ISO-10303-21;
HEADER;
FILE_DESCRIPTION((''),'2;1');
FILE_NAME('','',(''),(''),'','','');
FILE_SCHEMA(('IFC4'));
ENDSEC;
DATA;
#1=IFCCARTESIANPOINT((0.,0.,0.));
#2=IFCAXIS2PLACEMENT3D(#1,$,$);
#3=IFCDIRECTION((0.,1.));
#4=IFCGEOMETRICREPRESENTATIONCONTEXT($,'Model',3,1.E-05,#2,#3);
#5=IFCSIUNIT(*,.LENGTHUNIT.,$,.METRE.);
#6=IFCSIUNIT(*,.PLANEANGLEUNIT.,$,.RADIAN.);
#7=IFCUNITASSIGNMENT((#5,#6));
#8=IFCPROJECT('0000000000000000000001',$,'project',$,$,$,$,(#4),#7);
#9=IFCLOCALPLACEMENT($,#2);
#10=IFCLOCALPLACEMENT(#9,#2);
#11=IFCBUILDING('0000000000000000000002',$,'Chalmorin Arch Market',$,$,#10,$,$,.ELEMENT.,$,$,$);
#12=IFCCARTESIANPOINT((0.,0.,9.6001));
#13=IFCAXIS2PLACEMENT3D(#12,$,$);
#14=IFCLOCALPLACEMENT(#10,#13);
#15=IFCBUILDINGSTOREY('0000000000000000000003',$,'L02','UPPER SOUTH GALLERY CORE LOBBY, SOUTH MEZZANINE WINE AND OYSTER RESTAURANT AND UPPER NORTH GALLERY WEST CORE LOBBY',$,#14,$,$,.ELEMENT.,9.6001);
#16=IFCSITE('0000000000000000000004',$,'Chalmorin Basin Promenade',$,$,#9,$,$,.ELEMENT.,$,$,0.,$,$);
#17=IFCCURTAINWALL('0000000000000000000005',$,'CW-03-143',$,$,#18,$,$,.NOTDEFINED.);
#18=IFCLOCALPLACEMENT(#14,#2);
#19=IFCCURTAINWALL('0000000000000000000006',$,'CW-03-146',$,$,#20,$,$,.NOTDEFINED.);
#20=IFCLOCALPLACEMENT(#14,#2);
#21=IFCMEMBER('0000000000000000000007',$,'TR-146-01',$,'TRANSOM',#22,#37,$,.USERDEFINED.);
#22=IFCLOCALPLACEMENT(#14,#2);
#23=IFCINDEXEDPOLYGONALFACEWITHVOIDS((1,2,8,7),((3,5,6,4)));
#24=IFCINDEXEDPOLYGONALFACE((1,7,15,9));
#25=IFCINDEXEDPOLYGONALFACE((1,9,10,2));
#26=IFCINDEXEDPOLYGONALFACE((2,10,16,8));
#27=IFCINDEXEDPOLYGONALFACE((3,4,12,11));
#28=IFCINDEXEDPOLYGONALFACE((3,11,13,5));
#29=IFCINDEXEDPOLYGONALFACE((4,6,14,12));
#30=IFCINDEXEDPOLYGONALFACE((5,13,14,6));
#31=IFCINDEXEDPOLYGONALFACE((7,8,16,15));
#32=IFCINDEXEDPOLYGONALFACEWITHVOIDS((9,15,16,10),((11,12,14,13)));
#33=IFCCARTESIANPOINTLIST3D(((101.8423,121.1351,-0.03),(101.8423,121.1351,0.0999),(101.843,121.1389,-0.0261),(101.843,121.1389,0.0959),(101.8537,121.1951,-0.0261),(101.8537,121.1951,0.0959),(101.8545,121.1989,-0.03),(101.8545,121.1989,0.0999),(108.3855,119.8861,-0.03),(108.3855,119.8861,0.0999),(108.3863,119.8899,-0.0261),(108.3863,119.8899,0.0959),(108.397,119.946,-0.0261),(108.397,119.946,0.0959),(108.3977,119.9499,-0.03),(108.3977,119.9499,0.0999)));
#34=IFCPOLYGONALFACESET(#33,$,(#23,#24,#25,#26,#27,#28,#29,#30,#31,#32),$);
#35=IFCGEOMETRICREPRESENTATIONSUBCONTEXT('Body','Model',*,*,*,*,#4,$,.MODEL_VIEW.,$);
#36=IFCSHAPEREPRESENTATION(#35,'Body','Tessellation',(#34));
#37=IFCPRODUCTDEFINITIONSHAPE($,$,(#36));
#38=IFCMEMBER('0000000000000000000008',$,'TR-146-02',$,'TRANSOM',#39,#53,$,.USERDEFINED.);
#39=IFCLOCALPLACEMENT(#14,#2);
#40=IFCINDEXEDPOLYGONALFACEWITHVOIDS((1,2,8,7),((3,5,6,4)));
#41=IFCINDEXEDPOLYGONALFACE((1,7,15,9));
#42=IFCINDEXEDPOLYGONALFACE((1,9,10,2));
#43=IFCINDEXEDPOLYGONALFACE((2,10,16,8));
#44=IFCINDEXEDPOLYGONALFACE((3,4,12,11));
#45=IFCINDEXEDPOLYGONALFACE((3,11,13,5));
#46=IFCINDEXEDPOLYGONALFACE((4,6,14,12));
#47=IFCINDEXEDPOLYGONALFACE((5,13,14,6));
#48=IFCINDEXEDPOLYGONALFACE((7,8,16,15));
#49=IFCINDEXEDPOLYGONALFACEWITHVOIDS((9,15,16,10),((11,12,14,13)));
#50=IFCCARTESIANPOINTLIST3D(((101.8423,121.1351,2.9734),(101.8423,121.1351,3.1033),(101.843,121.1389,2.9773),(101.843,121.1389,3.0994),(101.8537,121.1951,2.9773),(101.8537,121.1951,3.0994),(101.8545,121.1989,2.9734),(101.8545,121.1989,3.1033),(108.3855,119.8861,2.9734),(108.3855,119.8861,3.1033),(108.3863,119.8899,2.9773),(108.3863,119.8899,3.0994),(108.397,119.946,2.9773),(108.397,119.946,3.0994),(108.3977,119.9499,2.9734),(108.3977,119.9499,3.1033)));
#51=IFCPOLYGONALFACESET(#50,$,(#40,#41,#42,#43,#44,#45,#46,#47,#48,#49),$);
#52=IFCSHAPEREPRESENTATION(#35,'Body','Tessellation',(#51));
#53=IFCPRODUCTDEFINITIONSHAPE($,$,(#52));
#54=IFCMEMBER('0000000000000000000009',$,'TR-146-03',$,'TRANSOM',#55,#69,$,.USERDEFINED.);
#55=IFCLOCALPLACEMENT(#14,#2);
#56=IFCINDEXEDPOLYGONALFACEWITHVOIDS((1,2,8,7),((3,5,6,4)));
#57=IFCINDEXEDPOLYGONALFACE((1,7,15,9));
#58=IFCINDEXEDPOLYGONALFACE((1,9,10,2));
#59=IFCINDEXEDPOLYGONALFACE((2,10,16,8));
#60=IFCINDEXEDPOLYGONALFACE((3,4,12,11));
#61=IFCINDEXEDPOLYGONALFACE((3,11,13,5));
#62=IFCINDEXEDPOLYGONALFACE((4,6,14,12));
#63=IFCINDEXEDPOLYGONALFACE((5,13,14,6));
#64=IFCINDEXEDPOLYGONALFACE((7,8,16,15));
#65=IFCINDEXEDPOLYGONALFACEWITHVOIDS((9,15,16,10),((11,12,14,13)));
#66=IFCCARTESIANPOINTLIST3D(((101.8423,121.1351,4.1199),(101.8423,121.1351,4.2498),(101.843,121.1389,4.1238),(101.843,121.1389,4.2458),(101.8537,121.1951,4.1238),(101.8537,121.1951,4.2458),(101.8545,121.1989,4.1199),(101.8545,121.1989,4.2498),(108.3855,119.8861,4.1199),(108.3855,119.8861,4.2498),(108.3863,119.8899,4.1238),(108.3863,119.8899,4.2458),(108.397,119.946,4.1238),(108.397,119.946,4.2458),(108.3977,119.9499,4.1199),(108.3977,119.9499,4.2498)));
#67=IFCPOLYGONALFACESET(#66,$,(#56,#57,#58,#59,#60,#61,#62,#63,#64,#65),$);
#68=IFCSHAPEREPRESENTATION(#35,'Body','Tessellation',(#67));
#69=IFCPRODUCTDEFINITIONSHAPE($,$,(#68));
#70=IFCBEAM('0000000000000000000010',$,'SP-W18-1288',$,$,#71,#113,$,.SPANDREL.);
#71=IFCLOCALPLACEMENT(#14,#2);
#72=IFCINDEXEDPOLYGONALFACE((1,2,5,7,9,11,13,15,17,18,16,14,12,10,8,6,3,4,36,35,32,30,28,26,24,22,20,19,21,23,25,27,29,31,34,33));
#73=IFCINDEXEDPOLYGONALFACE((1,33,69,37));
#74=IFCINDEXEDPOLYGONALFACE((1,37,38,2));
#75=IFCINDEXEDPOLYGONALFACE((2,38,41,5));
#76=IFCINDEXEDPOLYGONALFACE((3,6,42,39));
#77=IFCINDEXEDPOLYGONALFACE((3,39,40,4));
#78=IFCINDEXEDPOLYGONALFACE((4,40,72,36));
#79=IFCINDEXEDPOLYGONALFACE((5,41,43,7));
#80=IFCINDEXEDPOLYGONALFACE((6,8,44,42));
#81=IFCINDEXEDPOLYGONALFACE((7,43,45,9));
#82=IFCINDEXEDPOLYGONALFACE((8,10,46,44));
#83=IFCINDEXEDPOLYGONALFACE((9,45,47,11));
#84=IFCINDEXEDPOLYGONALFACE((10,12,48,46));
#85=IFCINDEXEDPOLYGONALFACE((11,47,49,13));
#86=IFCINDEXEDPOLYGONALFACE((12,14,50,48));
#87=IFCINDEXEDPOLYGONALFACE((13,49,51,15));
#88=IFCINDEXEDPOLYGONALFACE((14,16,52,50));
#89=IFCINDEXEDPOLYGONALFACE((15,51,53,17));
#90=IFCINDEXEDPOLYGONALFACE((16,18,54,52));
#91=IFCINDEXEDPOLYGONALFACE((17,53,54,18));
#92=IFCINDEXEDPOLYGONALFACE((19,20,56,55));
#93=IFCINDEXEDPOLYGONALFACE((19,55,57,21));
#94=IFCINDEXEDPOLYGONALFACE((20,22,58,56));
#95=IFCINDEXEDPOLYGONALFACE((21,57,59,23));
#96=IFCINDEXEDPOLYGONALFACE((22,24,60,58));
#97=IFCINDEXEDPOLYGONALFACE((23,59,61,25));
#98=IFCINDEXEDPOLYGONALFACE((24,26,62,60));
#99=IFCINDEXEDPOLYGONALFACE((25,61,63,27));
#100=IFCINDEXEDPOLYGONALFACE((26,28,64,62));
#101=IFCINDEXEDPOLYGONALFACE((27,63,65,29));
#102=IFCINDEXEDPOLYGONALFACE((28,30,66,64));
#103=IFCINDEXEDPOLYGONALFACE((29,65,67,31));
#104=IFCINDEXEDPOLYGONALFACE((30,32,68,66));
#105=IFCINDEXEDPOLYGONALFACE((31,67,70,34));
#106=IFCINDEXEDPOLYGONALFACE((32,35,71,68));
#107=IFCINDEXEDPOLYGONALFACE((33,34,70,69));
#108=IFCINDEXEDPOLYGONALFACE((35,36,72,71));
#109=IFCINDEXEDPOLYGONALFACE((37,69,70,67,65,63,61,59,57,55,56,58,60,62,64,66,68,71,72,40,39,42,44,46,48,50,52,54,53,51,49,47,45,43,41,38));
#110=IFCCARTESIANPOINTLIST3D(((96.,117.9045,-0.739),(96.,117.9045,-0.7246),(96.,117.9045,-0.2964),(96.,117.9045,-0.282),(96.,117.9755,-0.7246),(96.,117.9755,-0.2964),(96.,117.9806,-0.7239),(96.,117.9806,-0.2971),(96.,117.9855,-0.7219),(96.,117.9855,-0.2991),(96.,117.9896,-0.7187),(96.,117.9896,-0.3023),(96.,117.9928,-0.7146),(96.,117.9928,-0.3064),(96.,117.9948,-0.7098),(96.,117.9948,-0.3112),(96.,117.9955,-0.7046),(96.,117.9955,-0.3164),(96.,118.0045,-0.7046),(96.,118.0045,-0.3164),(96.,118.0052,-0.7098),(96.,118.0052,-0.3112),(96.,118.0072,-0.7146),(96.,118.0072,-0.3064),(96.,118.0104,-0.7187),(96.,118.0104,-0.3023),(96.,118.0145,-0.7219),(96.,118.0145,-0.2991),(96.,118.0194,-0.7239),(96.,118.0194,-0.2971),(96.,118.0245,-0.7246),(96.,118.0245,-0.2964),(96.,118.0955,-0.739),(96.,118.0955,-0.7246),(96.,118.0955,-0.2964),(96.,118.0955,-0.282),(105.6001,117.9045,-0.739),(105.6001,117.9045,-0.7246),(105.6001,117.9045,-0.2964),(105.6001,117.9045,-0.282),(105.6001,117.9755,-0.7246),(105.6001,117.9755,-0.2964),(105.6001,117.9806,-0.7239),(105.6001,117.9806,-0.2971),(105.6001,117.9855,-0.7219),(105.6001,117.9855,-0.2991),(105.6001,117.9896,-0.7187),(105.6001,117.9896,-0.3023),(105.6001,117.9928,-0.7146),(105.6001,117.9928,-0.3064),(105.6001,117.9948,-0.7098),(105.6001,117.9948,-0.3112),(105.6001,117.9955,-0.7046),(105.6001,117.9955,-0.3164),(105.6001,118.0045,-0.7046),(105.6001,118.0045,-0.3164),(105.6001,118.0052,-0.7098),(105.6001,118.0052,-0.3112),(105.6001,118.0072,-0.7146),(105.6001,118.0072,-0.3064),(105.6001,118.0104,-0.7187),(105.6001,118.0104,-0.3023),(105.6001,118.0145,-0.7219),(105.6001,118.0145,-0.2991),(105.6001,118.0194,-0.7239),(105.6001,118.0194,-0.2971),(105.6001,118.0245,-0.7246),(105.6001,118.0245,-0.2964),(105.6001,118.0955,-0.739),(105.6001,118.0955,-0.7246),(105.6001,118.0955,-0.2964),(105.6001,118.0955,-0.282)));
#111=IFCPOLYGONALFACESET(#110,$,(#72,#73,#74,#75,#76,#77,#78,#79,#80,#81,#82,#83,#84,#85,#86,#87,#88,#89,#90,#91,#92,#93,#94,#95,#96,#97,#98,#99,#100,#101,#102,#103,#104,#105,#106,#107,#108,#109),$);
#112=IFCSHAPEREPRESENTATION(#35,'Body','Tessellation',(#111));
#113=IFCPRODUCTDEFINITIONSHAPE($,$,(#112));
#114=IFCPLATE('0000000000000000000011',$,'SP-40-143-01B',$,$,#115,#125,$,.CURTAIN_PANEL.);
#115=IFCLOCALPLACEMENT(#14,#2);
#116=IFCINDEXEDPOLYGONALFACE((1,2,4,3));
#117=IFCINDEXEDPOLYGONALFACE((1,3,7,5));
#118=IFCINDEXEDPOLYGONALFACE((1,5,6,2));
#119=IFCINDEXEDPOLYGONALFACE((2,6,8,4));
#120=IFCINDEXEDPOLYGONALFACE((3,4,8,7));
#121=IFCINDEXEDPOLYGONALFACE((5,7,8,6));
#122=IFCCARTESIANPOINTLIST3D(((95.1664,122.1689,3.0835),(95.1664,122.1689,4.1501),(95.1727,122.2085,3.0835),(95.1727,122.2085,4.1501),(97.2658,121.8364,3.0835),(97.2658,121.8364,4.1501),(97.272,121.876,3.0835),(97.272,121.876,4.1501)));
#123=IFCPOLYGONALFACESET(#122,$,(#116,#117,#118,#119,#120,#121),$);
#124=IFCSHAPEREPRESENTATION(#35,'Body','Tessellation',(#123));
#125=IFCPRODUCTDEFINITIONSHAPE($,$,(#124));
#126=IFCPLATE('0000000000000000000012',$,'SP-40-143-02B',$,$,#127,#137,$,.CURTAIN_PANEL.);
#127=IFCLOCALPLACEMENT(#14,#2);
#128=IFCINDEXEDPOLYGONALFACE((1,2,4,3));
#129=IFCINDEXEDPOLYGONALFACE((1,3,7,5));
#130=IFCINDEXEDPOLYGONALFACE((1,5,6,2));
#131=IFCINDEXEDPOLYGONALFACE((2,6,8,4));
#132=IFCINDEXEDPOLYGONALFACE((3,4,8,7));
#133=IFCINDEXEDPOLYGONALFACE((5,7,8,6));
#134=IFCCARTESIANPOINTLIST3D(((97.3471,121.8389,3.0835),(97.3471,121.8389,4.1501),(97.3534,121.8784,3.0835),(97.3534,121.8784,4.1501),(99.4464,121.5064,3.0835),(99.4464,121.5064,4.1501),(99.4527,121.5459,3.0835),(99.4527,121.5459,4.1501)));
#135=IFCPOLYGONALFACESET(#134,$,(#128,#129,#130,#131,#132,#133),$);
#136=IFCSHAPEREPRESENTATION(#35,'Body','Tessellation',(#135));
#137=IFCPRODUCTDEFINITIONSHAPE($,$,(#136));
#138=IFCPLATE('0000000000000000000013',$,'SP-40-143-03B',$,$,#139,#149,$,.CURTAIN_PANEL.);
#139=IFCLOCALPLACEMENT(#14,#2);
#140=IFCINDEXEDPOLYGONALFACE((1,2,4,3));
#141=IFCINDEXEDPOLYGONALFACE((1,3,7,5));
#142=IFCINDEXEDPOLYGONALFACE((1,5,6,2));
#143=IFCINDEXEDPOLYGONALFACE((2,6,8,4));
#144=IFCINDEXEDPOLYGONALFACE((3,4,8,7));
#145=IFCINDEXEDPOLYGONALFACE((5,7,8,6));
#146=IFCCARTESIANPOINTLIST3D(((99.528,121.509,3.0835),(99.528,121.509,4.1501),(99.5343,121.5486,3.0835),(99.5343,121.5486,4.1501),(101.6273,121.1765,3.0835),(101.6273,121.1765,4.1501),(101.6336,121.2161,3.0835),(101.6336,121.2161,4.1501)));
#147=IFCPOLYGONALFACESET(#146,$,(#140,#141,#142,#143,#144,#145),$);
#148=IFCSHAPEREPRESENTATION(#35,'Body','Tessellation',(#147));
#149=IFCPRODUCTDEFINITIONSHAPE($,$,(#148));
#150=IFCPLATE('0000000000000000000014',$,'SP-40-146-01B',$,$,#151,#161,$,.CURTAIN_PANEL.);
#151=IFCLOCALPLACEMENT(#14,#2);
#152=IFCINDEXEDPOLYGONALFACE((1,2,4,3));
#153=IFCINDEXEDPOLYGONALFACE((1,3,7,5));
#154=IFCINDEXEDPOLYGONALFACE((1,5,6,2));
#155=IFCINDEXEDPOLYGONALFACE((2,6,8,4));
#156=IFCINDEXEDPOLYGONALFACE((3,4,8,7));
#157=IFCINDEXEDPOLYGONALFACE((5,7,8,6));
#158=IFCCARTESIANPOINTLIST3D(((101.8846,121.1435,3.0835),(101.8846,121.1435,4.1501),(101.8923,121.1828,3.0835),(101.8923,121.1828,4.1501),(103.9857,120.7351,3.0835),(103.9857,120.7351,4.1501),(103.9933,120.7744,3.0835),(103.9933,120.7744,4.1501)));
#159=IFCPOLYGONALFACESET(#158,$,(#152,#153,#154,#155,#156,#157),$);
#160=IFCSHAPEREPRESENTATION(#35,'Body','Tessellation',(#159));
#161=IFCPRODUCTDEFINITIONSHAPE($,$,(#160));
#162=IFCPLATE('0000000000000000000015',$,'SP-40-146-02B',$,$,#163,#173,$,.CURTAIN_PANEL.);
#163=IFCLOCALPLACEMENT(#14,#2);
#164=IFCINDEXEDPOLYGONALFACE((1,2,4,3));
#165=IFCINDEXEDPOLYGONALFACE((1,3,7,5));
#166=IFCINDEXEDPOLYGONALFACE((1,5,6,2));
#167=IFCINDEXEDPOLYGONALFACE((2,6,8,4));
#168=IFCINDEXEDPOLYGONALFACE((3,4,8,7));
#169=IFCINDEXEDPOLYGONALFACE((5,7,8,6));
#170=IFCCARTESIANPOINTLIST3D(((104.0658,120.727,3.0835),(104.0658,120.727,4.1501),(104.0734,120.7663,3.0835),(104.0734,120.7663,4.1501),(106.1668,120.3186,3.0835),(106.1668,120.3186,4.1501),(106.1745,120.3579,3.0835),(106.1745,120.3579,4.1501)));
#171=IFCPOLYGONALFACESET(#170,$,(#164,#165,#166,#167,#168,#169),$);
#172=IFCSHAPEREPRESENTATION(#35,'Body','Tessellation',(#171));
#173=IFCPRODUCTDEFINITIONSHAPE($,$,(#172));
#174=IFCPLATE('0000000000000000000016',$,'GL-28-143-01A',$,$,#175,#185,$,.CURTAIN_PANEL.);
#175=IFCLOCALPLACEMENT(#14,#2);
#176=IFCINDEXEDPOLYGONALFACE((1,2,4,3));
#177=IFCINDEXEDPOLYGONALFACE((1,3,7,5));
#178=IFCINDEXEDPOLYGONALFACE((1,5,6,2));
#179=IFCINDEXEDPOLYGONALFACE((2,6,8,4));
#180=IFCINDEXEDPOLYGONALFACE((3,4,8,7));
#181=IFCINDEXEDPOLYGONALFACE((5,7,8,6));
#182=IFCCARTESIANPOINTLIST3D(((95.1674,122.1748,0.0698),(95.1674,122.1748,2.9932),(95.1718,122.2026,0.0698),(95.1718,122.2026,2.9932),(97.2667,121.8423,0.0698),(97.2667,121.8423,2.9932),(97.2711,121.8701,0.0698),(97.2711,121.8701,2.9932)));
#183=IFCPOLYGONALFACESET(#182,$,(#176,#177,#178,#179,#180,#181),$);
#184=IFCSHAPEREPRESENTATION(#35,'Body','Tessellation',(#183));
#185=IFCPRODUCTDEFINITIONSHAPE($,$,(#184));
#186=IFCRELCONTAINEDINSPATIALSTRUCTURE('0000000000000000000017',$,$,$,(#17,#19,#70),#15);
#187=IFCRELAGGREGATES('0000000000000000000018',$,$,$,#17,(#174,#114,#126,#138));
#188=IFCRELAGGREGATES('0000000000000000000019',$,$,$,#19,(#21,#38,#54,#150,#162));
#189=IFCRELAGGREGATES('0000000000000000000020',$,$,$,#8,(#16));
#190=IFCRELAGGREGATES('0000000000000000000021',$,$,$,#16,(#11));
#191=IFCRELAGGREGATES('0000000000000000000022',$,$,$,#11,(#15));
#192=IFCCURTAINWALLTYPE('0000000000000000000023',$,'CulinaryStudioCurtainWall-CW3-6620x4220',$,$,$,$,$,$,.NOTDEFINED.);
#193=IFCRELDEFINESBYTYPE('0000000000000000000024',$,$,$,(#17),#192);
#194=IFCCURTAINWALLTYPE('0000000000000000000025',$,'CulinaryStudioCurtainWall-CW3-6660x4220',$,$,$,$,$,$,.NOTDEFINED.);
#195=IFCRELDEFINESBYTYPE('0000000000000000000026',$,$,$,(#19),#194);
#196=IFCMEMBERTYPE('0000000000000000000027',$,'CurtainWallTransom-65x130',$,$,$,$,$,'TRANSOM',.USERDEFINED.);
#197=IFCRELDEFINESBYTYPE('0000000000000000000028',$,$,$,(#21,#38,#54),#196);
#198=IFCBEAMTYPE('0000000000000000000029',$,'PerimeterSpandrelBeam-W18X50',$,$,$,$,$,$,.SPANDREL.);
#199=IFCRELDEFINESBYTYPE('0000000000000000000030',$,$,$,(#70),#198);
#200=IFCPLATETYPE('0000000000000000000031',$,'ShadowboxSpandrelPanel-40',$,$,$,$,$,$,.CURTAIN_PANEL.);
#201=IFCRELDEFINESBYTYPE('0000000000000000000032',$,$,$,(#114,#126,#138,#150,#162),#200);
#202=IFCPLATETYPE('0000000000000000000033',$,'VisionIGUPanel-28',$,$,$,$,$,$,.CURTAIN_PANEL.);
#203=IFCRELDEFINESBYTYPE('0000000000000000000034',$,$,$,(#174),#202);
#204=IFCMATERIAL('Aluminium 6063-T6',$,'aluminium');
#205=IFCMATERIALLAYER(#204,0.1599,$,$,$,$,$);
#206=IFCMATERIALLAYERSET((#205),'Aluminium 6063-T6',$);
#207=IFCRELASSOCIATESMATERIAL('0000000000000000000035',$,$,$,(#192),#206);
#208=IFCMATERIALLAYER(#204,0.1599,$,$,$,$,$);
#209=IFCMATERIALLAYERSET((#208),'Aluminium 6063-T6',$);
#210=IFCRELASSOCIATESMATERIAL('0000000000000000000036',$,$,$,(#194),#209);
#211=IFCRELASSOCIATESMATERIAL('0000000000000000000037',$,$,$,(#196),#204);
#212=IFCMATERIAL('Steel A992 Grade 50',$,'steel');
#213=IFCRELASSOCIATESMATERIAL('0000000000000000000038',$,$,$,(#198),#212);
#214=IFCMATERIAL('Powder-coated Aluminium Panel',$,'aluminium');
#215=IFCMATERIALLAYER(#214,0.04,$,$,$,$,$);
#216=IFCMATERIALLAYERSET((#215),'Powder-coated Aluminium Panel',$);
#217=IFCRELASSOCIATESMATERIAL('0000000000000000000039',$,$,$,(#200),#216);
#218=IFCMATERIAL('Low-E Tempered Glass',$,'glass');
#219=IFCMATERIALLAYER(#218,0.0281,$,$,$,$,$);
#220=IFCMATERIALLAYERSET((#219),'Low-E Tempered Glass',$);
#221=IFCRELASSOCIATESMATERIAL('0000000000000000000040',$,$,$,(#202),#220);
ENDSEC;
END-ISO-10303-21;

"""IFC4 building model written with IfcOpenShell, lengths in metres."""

from ifc_helpers import new_model, si_unit, direction, frame, origin, origin_2d, place, context, subcontext, project, spatial, rectangle, hollow_rectangle, i_section, extrude, material, layer, layer_set, material_profile, profile_set, type_object, element, aggregate, save


model = new_model("IFC4")

# Units and contexts
model_context = context("Model", 3, precision=1e-05, world=origin(), true_north=direction((0.0, 1.0)))
body_context = subcontext(model_context, "Body", "Model", "MODEL_VIEW")
ifc_project = project(units=[si_unit("LENGTHUNIT", "METRE"), si_unit("PLANEANGLEUNIT", "RADIAN")], contexts=[model_context])

# Site, building, storey
site_placement = place(None, origin())
site = spatial("IfcSite", under=ifc_project, at=site_placement, Name="Chalmorin Basin Promenade", CompositionType="ELEMENT", RefElevation=0.0)
building_placement = place(site_placement, origin())
building = spatial("IfcBuilding", under=site, at=building_placement, Name="Chalmorin Arch Market", CompositionType="ELEMENT")
storey_placement = place(building_placement, frame((0.0, 0.0, 9.6001)))
storey = spatial("IfcBuildingStorey", under=building, at=storey_placement, Name="L02", Description="UPPER SOUTH GALLERY CORE LOBBY, SOUTH MEZZANINE WINE AND OYSTER RESTAURANT AND UPPER NORTH GALLERY WEST CORE LOBBY", CompositionType="ELEMENT", Elevation=9.6001)

# Shared definitions
ifc_material_1 = material(Name="Aluminium 6063-T6", Category="aluminium")

# Curtain walls
ifc_layer_1 = layer(ifc_material_1, 0.1599)
ifc_layer_set_1 = layer_set([ifc_layer_1], Name="Aluminium 6063-T6")
curtain_wall_type_1 = type_object("IfcCurtainWallType", Name="CulinaryStudioCurtainWall-CW3-6620x4220", PredefinedType="NOTDEFINED", material=ifc_layer_set_1)
curtain_wall_1_placement = place(storey_placement, origin())
curtain_wall_1 = element("IfcCurtainWall", 1, at=curtain_wall_1_placement, inside=storey, type_object=curtain_wall_type_1, Name="CW-03-143", PredefinedType="NOTDEFINED")
ifc_layer_2 = layer(ifc_material_1, 0.1599)
ifc_layer_set_2 = layer_set([ifc_layer_2], Name="Aluminium 6063-T6")
curtain_wall_type_2 = type_object("IfcCurtainWallType", Name="CulinaryStudioCurtainWall-CW3-6660x4220", PredefinedType="NOTDEFINED", material=ifc_layer_set_2)
curtain_wall_2_placement = place(storey_placement, origin())
curtain_wall_2 = element("IfcCurtainWall", 2, at=curtain_wall_2_placement, inside=storey, type_object=curtain_wall_type_2, Name="CW-03-146", PredefinedType="NOTDEFINED")

# Members
ifc_material_profile_1 = material_profile(ifc_material_1, hollow_rectangle(XDim=0.0649, YDim=0.1299, WallThickness=0.0039, at=origin_2d()), Name="ALU65X130X4")
ifc_profile_set_1 = profile_set([ifc_material_profile_1], Name="Aluminium 6063-T6")
member_type_1 = type_object("IfcMemberType", Name="CurtainWallTransom-65x130", ElementType="TRANSOM", PredefinedType="USERDEFINED", material=ifc_profile_set_1)
member_1_placement = place(storey_placement, frame((101.8484, 121.167, 0.0349), z_axis=(0.982264, -0.187503, 0.0), x_axis=(0.187503, 0.982264, 0.0)))
member_1 = element("IfcMember", 3, at=member_1_placement, type_object=member_type_1, Name="TR-146-01", ObjectType="TRANSOM", PredefinedType="USERDEFINED", context=body_context, shape_type="SweptSolid", body=[
    extrude(hollow_rectangle(XDim=0.0649, YDim=0.1299, WallThickness=0.0039, at=origin_2d()), origin(), (0.0, 0.0, 1.0), 6.6614),
])
member_2_placement = place(storey_placement, frame((101.8484, 121.167, 3.0383), z_axis=(0.982264, -0.187503, 0.0), x_axis=(0.187503, 0.982264, 0.0)))
member_2 = element("IfcMember", 4, at=member_2_placement, type_object=member_type_1, Name="TR-146-02", ObjectType="TRANSOM", PredefinedType="USERDEFINED", context=body_context, shape_type="SweptSolid", body=[
    extrude(hollow_rectangle(XDim=0.0649, YDim=0.1299, WallThickness=0.0039, at=origin_2d()), origin(), (0.0, 0.0, 1.0), 6.6614),
])
member_3_placement = place(storey_placement, frame((101.8484, 121.167, 4.1848), z_axis=(0.982264, -0.187503, 0.0), x_axis=(0.187503, 0.982264, 0.0)))
member_3 = element("IfcMember", 5, at=member_3_placement, type_object=member_type_1, Name="TR-146-03", ObjectType="TRANSOM", PredefinedType="USERDEFINED", context=body_context, shape_type="SweptSolid", body=[
    extrude(hollow_rectangle(XDim=0.0649, YDim=0.1299, WallThickness=0.0039, at=origin_2d()), origin(), (0.0, 0.0, 1.0), 6.6614),
])

# Beam
ifc_material_2 = material(Name="Steel A992 Grade 50", Category="steel")
ifc_material_profile_2 = material_profile(ifc_material_2, i_section(OverallWidth=0.1909, OverallDepth=0.457, WebThickness=0.009, FlangeThickness=0.0144, FilletRadius=0.02, at=origin_2d()), Name="W18X50")
ifc_profile_set_2 = profile_set([ifc_material_profile_2], Name="Steel A992 Grade 50")
beam_type = type_object("IfcBeamType", Name="PerimeterSpandrelBeam-W18X50", PredefinedType="SPANDREL", material=ifc_profile_set_2)
beam_placement = place(storey_placement, frame((96.0, 118.0, -0.5105), z_axis=(1.0, 0.0, 0.0), x_axis=(0.0, 1.0, 0.0)))
element("IfcBeam", 6, at=beam_placement, inside=storey, type_object=beam_type, Name="SP-W18-1288", PredefinedType="SPANDREL", context=body_context, shape_type="SweptSolid", body=[
    extrude(i_section(OverallWidth=0.1909, OverallDepth=0.457, WebThickness=0.009, FlangeThickness=0.0144, FilletRadius=0.02, at=origin_2d()), origin(), (0.0, 0.0, 1.0), 9.6001),
])

# Plates
ifc_material_3 = material(Name="Powder-coated Aluminium Panel", Category="aluminium")
ifc_layer_3 = layer(ifc_material_3, 0.04)
ifc_layer_set_3 = layer_set([ifc_layer_3], Name="Powder-coated Aluminium Panel")
plate_type_1 = type_object("IfcPlateType", Name="ShadowboxSpandrelPanel-40", PredefinedType="CURTAIN_PANEL", material=ifc_layer_set_3)
plate_1_placement = place(storey_placement, frame((96.2192, 122.0225, 3.0835), z_axis=(0.0, 0.0, 1.0), x_axis=(0.987688, -0.156434, 0.0)))
plate_1 = element("IfcPlate", 7, at=plate_1_placement, type_object=plate_type_1, Name="SP-40-143-01B", PredefinedType="CURTAIN_PANEL", context=body_context, shape_type="SweptSolid", body=[
    extrude(rectangle(XDim=2.1255, YDim=0.04, at=origin_2d()), origin(), (0.0, 0.0, 1.0), 1.0667),
])
plate_2_placement = place(storey_placement, frame((98.3999, 121.6924, 3.0835), z_axis=(0.0, 0.0, 1.0), x_axis=(0.987688, -0.156434, 0.0)))
plate_2 = element("IfcPlate", 8, at=plate_2_placement, type_object=plate_type_1, Name="SP-40-143-02B", PredefinedType="CURTAIN_PANEL", context=body_context, shape_type="SweptSolid", body=[
    extrude(rectangle(XDim=2.1255, YDim=0.04, at=origin_2d()), origin(), (0.0, 0.0, 1.0), 1.0667),
])
plate_3_placement = place(storey_placement, frame((100.5808, 121.3625, 3.0835), z_axis=(0.0, 0.0, 1.0), x_axis=(0.987688, -0.156434, 0.0)))
plate_3 = element("IfcPlate", 9, at=plate_3_placement, type_object=plate_type_1, Name="SP-40-143-03B", PredefinedType="CURTAIN_PANEL", context=body_context, shape_type="SweptSolid", body=[
    extrude(rectangle(XDim=2.1255, YDim=0.04, at=origin_2d()), origin(), (0.0, 0.0, 1.0), 1.0667),
])
plate_4_placement = place(storey_placement, frame((102.939, 120.959, 3.0835), z_axis=(0.0, 0.0, 1.0), x_axis=(0.981627, -0.190809, 0.0)))
plate_4 = element("IfcPlate", 10, at=plate_4_placement, type_object=plate_type_1, Name="SP-40-146-01B", PredefinedType="CURTAIN_PANEL", context=body_context, shape_type="SweptSolid", body=[
    extrude(rectangle(XDim=2.1404, YDim=0.04, at=origin_2d()), origin(), (0.0, 0.0, 1.0), 1.0667),
])
plate_5_placement = place(storey_placement, frame((105.1201, 120.5425, 3.0835), z_axis=(0.0, 0.0, 1.0), x_axis=(0.981627, -0.190809, 0.0)))
plate_5 = element("IfcPlate", 11, at=plate_5_placement, type_object=plate_type_1, Name="SP-40-146-02B", PredefinedType="CURTAIN_PANEL", context=body_context, shape_type="SweptSolid", body=[
    extrude(rectangle(XDim=2.1404, YDim=0.04, at=origin_2d()), origin(), (0.0, 0.0, 1.0), 1.0667),
])
ifc_material_4 = material(Name="Low-E Tempered Glass", Category="glass")
ifc_layer_4 = layer(ifc_material_4, 0.0281)
ifc_layer_set_4 = layer_set([ifc_layer_4], Name="Low-E Tempered Glass")
plate_type_2 = type_object("IfcPlateType", Name="VisionIGUPanel-28", PredefinedType="CURTAIN_PANEL", material=ifc_layer_set_4)
plate_6_placement = place(storey_placement, frame((96.2192, 122.0225, 0.0698), z_axis=(0.0, 0.0, 1.0), x_axis=(0.987688, -0.156434, 0.0)))
plate_6 = element("IfcPlate", 12, at=plate_6_placement, type_object=plate_type_2, Name="GL-28-143-01A", PredefinedType="CURTAIN_PANEL", context=body_context, shape_type="SweptSolid", body=[
    extrude(rectangle(XDim=2.1255, YDim=0.0281, at=origin_2d()), origin(), (0.0, 0.0, 1.0), 2.9233),
])
aggregate(curtain_wall_1, [plate_6, plate_1, plate_2, plate_3])
aggregate(curtain_wall_2, [member_1, member_2, member_3, plate_4, plate_5])

save(model, "model.ifc")
